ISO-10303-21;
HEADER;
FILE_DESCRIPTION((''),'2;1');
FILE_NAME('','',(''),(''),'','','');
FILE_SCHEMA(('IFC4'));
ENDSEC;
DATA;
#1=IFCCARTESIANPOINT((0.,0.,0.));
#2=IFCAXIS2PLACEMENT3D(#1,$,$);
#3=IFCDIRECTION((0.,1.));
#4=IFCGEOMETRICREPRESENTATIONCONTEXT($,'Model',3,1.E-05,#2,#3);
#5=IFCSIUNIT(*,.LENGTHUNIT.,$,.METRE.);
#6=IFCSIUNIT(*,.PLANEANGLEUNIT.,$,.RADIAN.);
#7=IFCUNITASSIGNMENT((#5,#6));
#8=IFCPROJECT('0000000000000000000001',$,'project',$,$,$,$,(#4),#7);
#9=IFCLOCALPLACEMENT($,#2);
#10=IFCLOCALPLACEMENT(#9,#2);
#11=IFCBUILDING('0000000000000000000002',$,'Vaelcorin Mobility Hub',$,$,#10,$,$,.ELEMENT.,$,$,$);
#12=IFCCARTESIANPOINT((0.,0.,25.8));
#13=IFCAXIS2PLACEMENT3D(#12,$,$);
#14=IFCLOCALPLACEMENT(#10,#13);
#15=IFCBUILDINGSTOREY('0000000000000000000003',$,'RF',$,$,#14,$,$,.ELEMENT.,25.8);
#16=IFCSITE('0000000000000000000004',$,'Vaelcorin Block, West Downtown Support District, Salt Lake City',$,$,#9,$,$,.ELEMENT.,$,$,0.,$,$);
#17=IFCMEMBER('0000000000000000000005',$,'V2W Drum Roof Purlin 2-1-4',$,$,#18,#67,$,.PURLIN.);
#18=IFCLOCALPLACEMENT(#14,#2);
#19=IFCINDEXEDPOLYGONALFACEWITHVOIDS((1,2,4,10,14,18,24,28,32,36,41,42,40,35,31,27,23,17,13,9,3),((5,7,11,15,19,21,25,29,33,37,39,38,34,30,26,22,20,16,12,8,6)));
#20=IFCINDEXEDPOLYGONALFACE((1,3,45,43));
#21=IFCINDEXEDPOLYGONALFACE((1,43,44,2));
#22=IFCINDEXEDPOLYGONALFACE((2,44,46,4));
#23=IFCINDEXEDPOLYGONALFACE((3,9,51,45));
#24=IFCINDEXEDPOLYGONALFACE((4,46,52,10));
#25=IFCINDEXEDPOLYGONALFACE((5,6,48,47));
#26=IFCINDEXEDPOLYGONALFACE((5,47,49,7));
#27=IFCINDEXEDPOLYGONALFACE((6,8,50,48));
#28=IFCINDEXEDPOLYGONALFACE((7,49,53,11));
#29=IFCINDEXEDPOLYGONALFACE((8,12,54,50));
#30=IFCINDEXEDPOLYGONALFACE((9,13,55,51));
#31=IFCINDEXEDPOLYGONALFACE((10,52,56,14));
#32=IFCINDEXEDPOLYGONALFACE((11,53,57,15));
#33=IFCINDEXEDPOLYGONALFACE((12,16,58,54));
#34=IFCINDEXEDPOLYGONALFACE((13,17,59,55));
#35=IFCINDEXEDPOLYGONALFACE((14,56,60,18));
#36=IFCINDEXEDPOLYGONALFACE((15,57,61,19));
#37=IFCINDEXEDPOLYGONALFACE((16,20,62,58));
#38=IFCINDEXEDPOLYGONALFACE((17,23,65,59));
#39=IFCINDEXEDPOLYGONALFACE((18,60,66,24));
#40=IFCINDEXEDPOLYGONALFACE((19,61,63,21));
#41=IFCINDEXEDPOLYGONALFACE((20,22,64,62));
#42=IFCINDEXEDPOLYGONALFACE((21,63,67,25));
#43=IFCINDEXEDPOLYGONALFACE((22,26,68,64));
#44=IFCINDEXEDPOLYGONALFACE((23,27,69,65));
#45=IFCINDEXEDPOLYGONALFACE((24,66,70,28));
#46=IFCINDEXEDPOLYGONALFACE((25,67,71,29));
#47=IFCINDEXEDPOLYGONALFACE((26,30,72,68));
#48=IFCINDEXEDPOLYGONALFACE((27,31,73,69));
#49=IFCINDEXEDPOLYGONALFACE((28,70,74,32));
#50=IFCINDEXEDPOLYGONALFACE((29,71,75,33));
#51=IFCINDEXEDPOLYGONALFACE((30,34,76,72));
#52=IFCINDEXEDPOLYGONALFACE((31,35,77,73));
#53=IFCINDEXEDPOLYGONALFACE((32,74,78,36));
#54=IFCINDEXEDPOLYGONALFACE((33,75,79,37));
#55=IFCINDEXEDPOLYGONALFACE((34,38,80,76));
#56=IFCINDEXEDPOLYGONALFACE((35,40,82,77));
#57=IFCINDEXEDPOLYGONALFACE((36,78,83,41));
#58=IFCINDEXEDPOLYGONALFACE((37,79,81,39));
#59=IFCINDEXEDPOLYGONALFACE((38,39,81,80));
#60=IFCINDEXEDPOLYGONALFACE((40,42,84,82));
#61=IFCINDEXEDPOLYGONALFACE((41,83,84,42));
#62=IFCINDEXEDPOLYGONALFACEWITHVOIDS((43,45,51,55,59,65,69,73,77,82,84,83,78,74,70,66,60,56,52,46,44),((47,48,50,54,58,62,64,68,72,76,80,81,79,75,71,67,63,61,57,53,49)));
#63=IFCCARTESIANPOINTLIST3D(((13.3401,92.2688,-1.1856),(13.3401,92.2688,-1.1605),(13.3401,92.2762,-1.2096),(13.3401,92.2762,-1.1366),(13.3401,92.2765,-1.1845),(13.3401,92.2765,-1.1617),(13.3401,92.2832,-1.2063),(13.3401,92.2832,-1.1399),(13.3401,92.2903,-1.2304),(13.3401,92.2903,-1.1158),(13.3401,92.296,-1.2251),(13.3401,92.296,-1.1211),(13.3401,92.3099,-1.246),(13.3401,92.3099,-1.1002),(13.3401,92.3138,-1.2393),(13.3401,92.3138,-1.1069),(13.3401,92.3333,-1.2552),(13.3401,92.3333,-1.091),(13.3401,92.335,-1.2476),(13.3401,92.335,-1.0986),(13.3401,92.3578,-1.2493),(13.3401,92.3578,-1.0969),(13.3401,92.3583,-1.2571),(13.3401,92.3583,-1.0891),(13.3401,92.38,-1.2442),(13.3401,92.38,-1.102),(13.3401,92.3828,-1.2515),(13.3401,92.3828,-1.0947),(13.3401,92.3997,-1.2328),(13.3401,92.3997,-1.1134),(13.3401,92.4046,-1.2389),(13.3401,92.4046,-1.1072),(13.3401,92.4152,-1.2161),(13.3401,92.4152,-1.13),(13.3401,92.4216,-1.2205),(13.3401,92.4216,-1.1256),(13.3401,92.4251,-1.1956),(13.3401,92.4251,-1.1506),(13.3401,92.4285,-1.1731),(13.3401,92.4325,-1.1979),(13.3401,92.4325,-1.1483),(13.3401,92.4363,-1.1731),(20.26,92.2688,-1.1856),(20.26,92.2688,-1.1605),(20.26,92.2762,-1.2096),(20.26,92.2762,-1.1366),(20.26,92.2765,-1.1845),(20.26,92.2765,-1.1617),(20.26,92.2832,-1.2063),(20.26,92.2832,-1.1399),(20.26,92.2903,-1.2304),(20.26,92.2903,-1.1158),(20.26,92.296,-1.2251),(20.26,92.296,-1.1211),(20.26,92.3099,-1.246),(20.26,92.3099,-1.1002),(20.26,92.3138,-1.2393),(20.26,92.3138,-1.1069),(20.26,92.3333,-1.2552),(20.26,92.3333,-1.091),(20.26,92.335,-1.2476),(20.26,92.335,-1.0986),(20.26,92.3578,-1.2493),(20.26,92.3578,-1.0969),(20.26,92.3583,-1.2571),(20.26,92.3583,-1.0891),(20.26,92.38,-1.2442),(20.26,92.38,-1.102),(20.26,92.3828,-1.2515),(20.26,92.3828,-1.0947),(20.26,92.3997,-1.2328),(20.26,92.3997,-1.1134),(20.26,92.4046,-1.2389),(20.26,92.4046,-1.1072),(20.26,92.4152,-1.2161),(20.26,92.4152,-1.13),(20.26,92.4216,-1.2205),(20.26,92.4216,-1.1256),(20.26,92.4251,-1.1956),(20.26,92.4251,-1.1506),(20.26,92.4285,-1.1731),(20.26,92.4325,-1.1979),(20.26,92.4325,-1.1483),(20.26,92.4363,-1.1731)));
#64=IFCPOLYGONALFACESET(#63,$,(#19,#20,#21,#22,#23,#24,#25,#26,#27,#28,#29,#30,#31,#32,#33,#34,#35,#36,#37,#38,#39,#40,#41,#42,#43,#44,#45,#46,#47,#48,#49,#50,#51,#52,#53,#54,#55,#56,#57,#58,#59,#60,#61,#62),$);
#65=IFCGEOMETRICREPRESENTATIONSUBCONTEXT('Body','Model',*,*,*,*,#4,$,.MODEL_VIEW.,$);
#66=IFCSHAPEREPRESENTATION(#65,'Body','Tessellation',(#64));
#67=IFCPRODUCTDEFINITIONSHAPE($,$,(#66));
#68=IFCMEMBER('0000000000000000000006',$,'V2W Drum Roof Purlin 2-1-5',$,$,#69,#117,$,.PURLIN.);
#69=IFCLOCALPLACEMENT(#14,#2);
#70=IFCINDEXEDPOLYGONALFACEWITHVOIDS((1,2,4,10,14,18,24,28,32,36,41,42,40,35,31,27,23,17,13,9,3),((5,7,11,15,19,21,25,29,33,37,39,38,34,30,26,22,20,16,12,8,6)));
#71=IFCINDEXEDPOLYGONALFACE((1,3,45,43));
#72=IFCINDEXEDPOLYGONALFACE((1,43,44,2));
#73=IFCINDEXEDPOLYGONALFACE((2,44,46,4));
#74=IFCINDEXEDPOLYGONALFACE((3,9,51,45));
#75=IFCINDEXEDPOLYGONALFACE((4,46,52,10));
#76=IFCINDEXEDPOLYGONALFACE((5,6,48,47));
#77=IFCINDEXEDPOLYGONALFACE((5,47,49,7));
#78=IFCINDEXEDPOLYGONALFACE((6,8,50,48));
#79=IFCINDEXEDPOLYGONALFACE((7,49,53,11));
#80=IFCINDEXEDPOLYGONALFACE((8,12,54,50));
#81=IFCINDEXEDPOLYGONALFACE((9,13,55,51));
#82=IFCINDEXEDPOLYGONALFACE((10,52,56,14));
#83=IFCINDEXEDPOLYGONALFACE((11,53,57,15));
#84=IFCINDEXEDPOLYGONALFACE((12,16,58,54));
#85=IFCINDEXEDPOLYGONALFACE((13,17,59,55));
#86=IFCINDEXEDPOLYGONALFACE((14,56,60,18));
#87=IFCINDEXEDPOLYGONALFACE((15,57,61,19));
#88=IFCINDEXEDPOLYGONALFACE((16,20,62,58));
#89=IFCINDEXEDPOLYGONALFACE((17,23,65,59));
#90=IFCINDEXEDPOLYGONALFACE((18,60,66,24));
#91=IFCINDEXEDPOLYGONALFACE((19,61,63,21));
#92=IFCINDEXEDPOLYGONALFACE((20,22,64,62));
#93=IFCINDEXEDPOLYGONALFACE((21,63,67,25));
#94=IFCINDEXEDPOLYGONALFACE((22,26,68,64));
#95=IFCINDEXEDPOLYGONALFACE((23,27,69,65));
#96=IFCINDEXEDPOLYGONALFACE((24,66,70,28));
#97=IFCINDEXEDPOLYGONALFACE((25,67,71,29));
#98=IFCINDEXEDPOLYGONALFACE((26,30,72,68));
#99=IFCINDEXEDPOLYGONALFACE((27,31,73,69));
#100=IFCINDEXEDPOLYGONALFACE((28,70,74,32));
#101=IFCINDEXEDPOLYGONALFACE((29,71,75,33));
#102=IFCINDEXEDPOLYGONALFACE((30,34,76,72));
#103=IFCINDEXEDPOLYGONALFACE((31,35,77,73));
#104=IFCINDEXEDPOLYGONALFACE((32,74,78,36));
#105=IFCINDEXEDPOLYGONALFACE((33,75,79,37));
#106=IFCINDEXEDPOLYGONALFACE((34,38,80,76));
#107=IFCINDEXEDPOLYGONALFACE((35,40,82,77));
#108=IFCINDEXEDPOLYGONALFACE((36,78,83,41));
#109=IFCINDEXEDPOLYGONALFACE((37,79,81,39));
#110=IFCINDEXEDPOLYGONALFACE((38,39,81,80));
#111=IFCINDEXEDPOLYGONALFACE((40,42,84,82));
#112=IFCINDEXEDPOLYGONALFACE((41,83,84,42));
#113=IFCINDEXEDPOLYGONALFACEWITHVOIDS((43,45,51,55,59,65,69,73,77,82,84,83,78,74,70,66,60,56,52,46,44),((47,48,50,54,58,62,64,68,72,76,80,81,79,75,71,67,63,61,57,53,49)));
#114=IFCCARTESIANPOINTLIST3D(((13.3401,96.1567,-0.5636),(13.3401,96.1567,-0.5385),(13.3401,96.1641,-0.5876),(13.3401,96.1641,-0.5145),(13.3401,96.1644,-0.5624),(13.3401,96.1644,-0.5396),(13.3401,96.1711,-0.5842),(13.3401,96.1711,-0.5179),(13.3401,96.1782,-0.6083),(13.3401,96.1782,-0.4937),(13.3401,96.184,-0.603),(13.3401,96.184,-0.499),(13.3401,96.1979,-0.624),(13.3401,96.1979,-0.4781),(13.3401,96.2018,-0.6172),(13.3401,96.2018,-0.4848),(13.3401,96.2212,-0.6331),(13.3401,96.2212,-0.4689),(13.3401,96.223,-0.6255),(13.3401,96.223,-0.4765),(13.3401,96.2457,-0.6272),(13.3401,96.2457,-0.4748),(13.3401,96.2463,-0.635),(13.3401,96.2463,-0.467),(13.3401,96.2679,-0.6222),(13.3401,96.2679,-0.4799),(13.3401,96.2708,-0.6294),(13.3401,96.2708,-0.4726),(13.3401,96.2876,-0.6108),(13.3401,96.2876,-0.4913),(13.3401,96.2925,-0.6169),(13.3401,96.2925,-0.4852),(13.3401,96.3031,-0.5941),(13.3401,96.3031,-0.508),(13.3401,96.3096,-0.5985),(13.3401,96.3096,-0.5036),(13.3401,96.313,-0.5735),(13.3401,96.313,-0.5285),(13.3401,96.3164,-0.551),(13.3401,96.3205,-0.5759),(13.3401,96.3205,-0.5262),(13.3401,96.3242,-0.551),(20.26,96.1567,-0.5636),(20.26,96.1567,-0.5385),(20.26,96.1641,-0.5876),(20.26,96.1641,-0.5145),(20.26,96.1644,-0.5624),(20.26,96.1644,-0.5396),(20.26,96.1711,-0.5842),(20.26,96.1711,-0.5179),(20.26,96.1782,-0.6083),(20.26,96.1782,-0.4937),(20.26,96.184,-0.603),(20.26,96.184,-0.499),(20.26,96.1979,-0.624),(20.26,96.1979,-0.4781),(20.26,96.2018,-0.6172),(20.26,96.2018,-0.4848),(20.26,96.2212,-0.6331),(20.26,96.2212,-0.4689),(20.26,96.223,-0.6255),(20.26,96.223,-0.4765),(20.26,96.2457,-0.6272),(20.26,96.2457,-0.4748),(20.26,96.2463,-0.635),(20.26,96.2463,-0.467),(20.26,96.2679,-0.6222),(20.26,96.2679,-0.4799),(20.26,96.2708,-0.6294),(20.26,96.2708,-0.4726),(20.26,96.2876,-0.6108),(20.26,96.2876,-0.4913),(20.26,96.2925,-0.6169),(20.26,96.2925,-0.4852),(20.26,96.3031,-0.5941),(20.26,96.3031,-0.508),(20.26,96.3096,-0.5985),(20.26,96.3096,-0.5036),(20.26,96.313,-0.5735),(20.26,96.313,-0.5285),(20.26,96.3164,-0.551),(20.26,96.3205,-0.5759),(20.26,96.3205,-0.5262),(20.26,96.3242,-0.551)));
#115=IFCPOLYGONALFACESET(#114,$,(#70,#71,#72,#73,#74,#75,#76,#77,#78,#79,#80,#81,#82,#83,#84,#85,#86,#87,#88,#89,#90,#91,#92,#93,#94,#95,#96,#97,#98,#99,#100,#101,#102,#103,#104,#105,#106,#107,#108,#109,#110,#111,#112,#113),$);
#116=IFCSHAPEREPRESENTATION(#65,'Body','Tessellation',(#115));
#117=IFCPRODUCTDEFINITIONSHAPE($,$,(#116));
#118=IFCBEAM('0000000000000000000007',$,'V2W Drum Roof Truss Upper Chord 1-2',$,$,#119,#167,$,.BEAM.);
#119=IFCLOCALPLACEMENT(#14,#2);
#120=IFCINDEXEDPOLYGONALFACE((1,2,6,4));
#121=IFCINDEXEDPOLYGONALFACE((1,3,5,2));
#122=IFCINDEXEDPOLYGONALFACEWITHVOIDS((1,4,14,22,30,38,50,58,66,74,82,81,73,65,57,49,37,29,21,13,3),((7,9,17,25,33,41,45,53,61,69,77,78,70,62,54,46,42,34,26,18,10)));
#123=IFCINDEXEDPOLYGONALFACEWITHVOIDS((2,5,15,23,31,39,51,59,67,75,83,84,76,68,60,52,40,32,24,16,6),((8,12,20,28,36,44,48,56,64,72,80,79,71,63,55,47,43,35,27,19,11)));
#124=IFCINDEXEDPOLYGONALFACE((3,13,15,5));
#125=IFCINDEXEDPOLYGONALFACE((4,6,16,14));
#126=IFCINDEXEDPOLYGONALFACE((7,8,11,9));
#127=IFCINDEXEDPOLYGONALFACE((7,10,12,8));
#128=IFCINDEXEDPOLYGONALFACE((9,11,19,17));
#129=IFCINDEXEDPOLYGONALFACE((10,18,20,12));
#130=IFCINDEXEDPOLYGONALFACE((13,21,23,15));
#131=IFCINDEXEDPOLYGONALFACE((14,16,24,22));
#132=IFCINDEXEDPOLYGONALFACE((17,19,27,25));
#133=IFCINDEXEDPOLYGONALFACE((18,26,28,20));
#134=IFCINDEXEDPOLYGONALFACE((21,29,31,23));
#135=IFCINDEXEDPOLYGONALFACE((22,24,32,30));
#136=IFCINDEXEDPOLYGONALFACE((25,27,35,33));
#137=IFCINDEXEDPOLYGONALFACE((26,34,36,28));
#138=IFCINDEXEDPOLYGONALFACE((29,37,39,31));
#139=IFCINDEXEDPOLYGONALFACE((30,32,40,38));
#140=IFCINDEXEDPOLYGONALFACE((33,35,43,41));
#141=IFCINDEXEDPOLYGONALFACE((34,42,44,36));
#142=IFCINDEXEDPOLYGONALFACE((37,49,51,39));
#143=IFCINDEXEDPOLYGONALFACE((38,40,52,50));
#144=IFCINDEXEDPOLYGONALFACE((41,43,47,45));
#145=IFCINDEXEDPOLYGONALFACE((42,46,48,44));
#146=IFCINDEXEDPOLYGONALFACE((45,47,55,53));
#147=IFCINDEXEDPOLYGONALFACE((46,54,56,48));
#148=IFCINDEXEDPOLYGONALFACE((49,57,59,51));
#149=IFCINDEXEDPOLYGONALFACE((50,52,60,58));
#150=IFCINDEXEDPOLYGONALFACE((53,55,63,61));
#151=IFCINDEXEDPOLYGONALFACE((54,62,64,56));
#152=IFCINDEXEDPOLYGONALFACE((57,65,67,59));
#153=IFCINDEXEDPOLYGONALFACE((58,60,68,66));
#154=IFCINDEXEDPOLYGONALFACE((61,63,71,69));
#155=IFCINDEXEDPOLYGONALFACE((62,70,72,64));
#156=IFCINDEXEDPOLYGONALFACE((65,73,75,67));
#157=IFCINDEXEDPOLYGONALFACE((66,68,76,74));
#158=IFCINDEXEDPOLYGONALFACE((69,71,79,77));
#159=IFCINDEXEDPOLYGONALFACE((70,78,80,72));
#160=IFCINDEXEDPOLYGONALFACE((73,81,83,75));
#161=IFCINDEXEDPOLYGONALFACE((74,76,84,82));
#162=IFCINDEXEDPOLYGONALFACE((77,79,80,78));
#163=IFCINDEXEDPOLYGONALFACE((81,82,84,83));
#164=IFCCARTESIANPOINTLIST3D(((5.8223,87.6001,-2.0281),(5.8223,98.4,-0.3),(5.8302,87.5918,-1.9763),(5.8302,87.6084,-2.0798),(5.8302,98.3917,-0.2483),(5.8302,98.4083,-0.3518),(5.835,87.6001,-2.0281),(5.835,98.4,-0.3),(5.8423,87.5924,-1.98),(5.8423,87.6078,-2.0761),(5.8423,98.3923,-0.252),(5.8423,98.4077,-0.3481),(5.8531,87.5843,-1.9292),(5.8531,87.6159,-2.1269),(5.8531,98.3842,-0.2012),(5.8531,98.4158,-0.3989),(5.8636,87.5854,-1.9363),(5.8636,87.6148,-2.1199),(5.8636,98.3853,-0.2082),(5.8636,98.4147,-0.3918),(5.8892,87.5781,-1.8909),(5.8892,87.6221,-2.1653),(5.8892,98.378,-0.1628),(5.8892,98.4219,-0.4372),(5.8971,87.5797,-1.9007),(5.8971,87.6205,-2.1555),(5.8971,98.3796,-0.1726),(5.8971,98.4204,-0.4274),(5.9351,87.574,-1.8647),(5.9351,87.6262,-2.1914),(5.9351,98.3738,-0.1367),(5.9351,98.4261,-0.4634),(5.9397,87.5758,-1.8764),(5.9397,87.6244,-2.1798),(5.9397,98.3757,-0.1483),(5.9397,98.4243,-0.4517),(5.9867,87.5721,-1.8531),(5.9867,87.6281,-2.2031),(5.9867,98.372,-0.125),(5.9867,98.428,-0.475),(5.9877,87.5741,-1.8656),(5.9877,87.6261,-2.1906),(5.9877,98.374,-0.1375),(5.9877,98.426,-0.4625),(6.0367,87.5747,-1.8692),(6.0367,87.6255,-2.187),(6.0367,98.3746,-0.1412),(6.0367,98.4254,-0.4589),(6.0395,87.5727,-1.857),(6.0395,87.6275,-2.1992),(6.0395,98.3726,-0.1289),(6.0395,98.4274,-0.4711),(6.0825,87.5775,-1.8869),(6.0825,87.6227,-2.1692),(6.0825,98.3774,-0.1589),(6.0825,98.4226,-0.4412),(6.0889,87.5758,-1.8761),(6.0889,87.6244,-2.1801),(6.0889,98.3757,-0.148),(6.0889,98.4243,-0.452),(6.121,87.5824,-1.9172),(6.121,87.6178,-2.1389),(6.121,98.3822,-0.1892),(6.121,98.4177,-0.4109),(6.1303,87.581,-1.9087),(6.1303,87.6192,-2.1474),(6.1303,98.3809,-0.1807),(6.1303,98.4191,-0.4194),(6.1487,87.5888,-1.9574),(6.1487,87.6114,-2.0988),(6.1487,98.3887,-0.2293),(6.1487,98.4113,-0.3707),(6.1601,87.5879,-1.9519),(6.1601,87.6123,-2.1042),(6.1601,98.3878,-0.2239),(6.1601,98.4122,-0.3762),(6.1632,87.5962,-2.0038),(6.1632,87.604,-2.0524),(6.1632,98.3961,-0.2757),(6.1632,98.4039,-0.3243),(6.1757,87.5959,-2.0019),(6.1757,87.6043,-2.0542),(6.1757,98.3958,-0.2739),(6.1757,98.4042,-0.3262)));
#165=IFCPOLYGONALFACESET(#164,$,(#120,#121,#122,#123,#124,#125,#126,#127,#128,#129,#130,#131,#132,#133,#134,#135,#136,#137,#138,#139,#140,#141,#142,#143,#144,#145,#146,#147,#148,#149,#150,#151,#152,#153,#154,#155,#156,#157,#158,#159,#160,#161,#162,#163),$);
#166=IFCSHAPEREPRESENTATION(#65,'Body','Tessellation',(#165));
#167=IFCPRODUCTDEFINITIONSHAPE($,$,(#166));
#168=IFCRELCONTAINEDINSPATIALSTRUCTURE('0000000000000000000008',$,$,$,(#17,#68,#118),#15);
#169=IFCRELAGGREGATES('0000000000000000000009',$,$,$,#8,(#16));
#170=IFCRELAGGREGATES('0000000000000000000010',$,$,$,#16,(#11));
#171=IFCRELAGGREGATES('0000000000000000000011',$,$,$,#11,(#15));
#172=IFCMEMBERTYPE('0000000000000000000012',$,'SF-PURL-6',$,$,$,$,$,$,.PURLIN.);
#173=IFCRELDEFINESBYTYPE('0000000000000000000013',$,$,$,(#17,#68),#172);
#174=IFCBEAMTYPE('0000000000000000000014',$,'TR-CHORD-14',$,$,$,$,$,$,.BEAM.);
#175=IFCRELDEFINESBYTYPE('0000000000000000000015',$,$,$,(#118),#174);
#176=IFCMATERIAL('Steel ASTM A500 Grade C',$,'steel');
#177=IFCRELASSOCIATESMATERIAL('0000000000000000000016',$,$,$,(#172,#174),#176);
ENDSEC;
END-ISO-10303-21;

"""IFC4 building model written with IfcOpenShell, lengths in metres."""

from ifc_helpers import new_model, si_unit, direction, frame, origin, origin_2d, place, context, subcontext, project, spatial, hollow_circle, extrude, material, material_profile, profile_set, type_object, element, save


model = new_model("IFC4")

# Units and contexts
model_context = context("Model", 3, precision=1e-05, world=origin(), true_north=direction((0.0, 1.0)))
body_context = subcontext(model_context, "Body", "Model", "MODEL_VIEW")
ifc_project = project(units=[si_unit("LENGTHUNIT", "METRE"), si_unit("PLANEANGLEUNIT", "RADIAN")], contexts=[model_context])

# Site, building, storey
site_placement = place(None, origin())
site = spatial("IfcSite", under=ifc_project, at=site_placement, Name="Vaelcorin Block, West Downtown Support District, Salt Lake City", CompositionType="ELEMENT", RefElevation=0.0)
building_placement = place(site_placement, origin())
building = spatial("IfcBuilding", under=site, at=building_placement, Name="Vaelcorin Mobility Hub", CompositionType="ELEMENT")
storey_placement = place(building_placement, frame((0.0, 0.0, 25.8)))
storey = spatial("IfcBuildingStorey", under=building, at=storey_placement, Name="RF", CompositionType="ELEMENT", Elevation=25.8)

# Members
ifc_material_1 = material(Name="Steel ASTM A500 Grade C", Category="steel")
ifc_material_profile_1 = material_profile(ifc_material_1, hollow_circle(Radius=0.0842, WallThickness=0.0078, at=origin_2d()), Name="HSS6.625X0.312")
ifc_profile_set_1 = profile_set([ifc_material_profile_1], Name="Steel ASTM A500 Grade C")
member_type_1 = type_object("IfcMemberType", Name="SF-PURL-6", PredefinedType="PURLIN", material=ifc_profile_set_1)
for number, where, z_axis, x_axis, name in (
    (1, (13.3401, 92.3521, -1.1731), (1.0, 0.0, 0.0), (0.0, 1.0, 0.0), "V2W Drum Roof Purlin 2-1-4"),
    (2, (13.3401, 96.24, -0.551), (1.0, 0.0, 0.0), (0.0, 1.0, 0.0), "V2W Drum Roof Purlin 2-1-5"),
):
    element("IfcMember", number, at=place(storey_placement, frame(where, z_axis=z_axis, x_axis=x_axis)), inside=storey, type_object=member_type_1, Name=name, PredefinedType="PURLIN", context=body_context, shape_type="SweptSolid", body=[
        extrude(hollow_circle(Radius=0.0842, WallThickness=0.0078, at=origin_2d()), origin(), (0.0, 0.0, 1.0), 6.9199),
    ])

# Beam
ifc_material_profile_2 = material_profile(ifc_material_1, hollow_circle(Radius=0.1777, WallThickness=0.0127, at=origin_2d()), Name="HSS14.000X0.500")
ifc_profile_set_2 = profile_set([ifc_material_profile_2], Name="Steel ASTM A500 Grade C")
beam_type_1 = type_object("IfcBeamType", Name="TR-CHORD-14", PredefinedType="BEAM", material=ifc_profile_set_2)
for number, where, z_axis, x_axis, name in (
    (3, (6.0, 87.6001, -2.0281), (0.0, 0.98744, 0.157996), (-1.0, 0.0, 0.0), "V2W Drum Roof Truss Upper Chord 1-2"),
):
    element("IfcBeam", number, at=place(storey_placement, frame(where, z_axis=z_axis, x_axis=x_axis)), inside=storey, type_object=beam_type_1, Name=name, PredefinedType="BEAM", context=body_context, shape_type="SweptSolid", body=[
        extrude(hollow_circle(Radius=0.1777, WallThickness=0.0127, at=origin_2d()), origin(), (0.0, 0.0, 1.0), 10.9373),
    ])

save(model, "model.ifc")
